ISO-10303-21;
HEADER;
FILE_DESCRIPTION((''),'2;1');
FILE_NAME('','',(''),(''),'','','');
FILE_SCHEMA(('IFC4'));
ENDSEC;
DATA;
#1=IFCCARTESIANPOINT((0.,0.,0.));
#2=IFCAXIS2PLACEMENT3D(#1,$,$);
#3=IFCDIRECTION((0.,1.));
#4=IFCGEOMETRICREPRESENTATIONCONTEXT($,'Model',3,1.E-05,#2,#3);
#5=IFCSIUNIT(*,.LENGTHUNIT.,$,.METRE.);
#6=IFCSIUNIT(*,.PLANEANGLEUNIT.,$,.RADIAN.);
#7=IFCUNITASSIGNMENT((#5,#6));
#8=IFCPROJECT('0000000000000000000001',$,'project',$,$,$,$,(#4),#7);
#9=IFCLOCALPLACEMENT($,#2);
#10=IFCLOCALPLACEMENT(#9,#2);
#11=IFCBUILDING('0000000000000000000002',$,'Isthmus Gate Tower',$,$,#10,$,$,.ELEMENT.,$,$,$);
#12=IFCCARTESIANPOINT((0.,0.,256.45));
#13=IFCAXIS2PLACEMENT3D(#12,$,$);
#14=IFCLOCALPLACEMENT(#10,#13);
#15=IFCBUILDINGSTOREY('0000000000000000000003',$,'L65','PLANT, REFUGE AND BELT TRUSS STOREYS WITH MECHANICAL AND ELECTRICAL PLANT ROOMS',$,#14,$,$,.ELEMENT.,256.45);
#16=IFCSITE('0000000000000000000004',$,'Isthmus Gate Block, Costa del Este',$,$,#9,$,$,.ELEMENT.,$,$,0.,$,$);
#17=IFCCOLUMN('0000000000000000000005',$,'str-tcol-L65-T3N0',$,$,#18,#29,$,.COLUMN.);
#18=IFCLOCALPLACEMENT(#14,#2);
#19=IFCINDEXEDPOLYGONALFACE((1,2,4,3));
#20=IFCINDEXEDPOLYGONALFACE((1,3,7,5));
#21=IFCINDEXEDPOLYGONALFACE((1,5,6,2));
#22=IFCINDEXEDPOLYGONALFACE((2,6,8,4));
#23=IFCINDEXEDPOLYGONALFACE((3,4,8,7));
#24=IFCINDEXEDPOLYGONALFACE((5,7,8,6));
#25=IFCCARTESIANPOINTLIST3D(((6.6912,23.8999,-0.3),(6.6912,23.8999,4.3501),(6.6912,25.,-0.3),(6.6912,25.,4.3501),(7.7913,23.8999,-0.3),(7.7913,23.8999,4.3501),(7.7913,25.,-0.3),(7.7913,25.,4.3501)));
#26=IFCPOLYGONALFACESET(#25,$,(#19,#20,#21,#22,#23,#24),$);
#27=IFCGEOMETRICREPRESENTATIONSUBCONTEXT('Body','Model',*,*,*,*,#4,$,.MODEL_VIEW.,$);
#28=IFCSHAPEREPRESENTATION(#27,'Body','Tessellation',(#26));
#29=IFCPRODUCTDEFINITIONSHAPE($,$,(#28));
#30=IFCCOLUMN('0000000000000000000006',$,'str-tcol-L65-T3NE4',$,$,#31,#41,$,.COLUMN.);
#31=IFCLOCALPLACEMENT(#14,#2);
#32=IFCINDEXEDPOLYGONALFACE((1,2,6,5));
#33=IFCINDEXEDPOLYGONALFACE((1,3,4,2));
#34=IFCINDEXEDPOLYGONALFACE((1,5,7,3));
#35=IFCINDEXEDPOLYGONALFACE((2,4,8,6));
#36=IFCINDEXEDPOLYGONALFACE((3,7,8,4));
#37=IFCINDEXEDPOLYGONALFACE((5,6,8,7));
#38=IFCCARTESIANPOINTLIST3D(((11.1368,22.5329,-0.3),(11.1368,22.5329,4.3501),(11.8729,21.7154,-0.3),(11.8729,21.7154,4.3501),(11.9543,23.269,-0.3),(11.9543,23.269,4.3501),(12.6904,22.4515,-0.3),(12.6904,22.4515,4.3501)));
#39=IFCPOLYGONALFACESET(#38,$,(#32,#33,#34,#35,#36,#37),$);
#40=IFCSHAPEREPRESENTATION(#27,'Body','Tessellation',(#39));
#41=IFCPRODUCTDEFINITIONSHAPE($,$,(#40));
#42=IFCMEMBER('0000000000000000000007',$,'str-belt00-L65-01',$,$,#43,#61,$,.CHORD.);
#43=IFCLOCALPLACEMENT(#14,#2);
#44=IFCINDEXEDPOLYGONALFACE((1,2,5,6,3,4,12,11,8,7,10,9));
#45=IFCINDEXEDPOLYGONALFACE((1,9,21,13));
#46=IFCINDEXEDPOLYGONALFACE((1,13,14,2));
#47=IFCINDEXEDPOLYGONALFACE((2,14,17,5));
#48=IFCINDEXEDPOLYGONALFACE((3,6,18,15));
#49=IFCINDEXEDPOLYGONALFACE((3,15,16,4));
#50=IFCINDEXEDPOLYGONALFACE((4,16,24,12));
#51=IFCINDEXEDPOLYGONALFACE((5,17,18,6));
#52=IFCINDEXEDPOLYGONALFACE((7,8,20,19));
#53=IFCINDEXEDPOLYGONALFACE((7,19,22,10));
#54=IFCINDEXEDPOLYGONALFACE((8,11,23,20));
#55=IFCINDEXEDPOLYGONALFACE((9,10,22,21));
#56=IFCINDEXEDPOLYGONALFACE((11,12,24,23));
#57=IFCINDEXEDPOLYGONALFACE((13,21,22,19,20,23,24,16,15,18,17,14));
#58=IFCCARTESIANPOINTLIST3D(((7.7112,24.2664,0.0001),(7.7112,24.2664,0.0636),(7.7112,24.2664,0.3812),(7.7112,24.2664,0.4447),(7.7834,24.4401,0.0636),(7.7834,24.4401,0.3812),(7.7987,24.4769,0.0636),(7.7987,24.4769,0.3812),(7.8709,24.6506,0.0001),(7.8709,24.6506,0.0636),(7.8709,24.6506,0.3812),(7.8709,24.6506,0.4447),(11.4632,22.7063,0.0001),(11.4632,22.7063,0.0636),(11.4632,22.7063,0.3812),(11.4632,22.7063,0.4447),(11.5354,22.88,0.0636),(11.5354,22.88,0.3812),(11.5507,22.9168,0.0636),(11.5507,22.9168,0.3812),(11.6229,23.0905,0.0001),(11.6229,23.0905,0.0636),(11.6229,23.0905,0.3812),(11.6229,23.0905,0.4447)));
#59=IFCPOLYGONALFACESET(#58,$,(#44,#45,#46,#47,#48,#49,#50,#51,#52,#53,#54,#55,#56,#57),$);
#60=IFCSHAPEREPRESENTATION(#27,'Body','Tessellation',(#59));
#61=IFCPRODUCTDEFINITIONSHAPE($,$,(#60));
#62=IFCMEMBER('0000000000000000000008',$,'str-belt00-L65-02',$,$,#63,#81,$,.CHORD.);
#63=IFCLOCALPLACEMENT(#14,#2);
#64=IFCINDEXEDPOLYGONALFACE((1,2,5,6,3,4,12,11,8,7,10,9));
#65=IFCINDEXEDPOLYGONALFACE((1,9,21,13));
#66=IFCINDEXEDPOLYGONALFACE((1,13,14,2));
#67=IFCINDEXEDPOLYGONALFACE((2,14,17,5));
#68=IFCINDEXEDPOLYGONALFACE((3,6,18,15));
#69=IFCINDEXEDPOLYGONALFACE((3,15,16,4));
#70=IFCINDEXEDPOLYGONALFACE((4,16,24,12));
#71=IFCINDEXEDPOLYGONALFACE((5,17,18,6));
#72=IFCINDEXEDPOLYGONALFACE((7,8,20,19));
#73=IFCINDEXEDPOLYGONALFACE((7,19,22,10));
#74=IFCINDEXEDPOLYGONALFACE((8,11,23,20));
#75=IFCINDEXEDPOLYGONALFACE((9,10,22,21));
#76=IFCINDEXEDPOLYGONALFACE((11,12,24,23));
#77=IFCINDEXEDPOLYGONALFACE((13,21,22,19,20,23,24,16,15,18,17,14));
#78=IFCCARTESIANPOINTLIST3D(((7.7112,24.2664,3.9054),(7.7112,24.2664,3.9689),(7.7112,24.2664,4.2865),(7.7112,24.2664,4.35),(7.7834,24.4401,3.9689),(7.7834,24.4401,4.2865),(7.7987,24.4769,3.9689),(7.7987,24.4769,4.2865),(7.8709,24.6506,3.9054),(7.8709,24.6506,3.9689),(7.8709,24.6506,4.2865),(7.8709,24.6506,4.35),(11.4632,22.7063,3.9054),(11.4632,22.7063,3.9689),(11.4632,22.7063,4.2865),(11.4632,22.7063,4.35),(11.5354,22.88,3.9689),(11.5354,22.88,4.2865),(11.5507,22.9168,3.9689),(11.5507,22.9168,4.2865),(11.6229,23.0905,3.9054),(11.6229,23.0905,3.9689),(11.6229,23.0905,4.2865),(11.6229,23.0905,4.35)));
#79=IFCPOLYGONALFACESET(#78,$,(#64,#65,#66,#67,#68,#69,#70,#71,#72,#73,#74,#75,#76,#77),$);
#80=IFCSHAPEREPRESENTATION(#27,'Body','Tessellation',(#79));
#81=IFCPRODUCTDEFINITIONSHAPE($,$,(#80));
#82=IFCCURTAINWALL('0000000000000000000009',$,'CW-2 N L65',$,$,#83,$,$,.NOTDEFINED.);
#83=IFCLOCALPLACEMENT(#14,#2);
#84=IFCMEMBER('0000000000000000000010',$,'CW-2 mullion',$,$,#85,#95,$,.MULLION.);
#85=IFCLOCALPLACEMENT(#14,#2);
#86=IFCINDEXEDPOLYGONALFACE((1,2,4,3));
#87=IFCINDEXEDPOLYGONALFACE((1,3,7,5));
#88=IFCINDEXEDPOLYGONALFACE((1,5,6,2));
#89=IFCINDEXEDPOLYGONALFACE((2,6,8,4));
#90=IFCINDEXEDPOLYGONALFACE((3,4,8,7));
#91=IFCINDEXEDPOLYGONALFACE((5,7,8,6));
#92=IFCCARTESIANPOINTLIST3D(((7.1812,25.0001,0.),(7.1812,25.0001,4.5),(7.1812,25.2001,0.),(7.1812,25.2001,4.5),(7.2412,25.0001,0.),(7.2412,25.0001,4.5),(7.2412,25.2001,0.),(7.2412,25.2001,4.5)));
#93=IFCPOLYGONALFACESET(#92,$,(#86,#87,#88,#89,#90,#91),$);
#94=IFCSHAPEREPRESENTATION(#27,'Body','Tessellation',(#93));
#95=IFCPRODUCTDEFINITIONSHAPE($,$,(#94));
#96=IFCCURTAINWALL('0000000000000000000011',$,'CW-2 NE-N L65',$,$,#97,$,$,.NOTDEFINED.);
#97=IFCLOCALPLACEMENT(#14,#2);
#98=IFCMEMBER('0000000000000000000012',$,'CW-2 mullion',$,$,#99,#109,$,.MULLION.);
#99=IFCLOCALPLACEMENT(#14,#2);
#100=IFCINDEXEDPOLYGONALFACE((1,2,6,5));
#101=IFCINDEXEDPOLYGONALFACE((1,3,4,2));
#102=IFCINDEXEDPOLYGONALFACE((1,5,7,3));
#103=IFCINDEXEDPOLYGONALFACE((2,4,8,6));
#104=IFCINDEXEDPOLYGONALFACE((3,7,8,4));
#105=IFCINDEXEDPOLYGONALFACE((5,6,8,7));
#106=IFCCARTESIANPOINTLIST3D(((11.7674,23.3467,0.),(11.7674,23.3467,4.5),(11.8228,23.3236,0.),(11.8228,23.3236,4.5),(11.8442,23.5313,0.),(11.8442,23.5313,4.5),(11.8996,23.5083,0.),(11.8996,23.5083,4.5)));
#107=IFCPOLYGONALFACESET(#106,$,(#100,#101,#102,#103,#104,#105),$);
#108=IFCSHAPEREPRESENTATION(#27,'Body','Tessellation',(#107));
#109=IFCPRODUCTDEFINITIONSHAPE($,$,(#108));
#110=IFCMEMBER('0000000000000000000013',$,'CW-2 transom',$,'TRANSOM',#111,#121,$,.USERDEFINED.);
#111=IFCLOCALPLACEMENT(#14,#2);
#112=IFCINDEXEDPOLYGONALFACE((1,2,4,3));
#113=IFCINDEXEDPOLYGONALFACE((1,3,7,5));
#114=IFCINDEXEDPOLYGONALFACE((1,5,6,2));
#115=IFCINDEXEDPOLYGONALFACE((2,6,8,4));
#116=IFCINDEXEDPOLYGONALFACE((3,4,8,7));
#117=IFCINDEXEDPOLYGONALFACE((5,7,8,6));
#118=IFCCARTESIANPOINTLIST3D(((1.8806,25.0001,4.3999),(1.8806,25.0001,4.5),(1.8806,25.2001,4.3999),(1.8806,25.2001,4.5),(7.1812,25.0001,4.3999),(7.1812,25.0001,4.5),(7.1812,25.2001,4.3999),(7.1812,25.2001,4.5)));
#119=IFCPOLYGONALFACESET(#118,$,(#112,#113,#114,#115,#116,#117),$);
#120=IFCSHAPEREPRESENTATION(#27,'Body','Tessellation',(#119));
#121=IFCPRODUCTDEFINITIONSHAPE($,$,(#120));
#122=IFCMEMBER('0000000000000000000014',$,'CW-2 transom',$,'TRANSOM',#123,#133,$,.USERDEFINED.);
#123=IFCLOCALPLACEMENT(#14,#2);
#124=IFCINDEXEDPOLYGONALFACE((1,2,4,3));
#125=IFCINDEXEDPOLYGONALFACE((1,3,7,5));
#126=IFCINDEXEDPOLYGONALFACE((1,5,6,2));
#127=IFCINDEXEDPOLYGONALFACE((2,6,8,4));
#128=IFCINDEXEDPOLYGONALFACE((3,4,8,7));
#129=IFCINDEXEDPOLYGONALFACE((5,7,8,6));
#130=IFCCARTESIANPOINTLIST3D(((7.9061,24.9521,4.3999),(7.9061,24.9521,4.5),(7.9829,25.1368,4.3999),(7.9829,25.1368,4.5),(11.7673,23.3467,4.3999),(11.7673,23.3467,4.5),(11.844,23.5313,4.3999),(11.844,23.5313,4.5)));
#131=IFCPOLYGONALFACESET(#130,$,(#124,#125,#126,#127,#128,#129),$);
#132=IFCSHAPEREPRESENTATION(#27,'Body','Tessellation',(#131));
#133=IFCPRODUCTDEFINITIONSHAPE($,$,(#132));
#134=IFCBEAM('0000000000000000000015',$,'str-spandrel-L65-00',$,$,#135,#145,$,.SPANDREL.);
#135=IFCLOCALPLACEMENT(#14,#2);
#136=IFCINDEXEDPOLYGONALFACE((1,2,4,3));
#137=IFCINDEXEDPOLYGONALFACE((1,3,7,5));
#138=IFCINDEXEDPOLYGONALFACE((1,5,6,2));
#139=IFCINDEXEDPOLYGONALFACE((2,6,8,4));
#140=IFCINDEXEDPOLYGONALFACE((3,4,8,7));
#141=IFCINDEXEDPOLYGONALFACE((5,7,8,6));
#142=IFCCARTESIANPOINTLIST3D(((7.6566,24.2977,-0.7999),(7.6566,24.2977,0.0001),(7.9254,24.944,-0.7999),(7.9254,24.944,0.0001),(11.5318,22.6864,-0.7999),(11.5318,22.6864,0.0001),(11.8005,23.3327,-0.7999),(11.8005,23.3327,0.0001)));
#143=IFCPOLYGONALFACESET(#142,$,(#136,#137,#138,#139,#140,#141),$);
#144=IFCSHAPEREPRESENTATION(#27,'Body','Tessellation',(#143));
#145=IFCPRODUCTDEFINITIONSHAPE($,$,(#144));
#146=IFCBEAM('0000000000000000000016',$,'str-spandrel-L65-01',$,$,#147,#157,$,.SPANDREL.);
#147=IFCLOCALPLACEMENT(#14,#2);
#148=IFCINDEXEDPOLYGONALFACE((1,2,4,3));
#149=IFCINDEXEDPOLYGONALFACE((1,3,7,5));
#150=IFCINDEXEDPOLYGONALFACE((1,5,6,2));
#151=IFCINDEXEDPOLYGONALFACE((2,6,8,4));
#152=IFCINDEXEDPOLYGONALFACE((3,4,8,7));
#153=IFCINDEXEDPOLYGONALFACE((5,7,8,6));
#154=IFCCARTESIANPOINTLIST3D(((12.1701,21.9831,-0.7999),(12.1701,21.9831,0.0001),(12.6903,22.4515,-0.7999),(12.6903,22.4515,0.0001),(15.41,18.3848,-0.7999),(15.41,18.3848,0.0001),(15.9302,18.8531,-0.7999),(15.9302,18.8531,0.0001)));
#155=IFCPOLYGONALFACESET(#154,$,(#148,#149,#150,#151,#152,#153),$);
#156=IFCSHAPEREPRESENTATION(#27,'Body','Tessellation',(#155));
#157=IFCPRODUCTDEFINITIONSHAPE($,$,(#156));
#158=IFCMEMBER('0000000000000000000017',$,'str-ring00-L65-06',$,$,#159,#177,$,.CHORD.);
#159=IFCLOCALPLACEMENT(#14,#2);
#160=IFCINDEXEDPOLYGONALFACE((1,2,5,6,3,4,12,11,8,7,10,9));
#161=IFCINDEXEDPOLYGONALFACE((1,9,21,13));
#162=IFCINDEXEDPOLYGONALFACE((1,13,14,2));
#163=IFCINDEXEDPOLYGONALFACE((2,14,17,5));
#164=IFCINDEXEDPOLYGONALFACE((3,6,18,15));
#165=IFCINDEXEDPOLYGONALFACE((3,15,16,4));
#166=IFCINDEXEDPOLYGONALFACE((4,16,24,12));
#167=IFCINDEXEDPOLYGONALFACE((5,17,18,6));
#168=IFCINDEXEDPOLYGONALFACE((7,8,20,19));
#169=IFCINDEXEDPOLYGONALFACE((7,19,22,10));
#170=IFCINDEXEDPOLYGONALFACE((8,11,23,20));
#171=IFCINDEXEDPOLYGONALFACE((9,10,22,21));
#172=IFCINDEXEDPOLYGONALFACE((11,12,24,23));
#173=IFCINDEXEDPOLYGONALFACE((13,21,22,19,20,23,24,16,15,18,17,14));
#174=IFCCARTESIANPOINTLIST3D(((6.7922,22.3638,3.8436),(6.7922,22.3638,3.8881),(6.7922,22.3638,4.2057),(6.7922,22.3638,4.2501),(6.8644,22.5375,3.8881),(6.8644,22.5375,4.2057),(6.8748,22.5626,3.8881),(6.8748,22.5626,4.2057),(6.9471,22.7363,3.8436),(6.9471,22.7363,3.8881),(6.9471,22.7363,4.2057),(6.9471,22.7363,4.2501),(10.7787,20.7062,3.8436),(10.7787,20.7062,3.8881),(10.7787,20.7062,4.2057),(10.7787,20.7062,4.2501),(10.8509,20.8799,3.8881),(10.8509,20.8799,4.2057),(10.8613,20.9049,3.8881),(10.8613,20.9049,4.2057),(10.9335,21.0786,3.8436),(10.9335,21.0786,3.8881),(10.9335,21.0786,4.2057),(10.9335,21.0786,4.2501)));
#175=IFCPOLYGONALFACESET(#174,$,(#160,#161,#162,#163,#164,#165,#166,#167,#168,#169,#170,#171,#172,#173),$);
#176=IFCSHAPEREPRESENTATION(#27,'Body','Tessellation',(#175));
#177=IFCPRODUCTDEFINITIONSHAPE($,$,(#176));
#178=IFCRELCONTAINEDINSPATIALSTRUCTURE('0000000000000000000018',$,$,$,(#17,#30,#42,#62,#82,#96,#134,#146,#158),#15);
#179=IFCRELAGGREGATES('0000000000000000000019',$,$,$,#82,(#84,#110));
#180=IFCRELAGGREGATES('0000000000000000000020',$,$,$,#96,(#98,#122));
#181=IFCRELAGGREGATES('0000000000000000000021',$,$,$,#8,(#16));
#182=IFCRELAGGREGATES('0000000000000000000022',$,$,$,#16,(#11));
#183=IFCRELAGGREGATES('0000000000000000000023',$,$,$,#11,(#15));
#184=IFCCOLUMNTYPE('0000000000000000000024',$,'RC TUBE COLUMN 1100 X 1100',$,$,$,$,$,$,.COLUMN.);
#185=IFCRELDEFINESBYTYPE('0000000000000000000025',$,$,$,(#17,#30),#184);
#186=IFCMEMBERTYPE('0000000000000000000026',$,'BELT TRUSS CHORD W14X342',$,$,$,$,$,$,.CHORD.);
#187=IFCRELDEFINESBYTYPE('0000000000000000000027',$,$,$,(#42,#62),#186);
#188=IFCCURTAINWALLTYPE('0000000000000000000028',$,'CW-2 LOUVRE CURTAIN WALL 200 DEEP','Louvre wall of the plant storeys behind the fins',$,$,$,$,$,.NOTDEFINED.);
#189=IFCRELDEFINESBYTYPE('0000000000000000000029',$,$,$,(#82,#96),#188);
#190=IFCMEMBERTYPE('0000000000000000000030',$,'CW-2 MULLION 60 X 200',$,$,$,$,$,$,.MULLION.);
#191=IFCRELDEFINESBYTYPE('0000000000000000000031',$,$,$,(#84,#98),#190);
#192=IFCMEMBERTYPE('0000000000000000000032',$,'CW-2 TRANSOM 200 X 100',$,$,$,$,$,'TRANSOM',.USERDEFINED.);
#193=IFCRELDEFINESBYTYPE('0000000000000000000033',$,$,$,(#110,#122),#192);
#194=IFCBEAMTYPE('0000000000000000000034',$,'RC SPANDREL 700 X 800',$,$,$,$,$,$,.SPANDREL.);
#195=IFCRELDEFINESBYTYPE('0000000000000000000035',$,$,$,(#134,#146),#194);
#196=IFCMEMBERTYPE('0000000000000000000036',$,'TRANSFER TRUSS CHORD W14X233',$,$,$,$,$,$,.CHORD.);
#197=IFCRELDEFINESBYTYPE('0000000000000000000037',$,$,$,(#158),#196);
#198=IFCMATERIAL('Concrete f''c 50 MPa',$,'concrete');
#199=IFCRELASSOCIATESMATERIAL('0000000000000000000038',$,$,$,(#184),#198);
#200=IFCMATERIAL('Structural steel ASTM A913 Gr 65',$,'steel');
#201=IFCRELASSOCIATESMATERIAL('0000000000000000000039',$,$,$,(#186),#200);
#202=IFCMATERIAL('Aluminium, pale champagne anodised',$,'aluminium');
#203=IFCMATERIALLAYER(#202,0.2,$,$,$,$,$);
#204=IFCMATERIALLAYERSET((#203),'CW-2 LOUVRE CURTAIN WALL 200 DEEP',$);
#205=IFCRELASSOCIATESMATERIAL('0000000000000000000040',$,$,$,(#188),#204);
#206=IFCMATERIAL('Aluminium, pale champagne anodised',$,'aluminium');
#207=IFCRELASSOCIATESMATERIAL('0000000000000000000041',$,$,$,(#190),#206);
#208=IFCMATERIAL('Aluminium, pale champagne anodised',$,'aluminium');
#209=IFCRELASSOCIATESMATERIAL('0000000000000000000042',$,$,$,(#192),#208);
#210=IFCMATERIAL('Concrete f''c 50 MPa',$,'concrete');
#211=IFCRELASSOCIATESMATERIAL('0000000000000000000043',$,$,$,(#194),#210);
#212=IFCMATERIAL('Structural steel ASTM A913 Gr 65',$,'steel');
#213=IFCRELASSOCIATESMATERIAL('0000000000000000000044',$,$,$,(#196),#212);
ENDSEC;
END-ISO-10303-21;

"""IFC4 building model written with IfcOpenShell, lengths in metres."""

from ifc_helpers import new_model, si_unit, direction, frame, origin, origin_2d, place, context, subcontext, project, spatial, rectangle, i_section, extrude, material, layer, layer_set, material_profile, profile_set, type_object, element, aggregate, save


model = new_model("IFC4")

# Units and contexts
model_context = context("Model", 3, precision=1e-05, world=origin(), true_north=direction((0.0, 1.0)))
body_context = subcontext(model_context, "Body", "Model", "MODEL_VIEW")
ifc_project = project(units=[si_unit("LENGTHUNIT", "METRE"), si_unit("PLANEANGLEUNIT", "RADIAN")], contexts=[model_context])

# Site, building, storey
site_placement = place(None, origin())
site = spatial("IfcSite", under=ifc_project, at=site_placement, Name="Isthmus Gate Block, Costa del Este", CompositionType="ELEMENT", RefElevation=0.0)
building_placement = place(site_placement, origin())
building = spatial("IfcBuilding", under=site, at=building_placement, Name="Isthmus Gate Tower", CompositionType="ELEMENT")
storey_placement = place(building_placement, frame((0.0, 0.0, 256.45)))
storey = spatial("IfcBuildingStorey", under=building, at=storey_placement, Name="L65", Description="PLANT, REFUGE AND BELT TRUSS STOREYS WITH MECHANICAL AND ELECTRICAL PLANT ROOMS", CompositionType="ELEMENT", Elevation=256.45)

# Columns
ifc_material_1 = material(Name="Concrete f'c 50 MPa", Category="concrete")
ifc_material_profile_1 = material_profile(ifc_material_1, rectangle(XDim=1.1001, YDim=1.1001, at=origin_2d()), Name="RC 1100X1100")
ifc_profile_set_1 = profile_set([ifc_material_profile_1], Name="Concrete f'c 50 MPa")
column_type = type_object("IfcColumnType", Name="RC TUBE COLUMN 1100 X 1100", PredefinedType="COLUMN", material=ifc_profile_set_1)
for number, where, z_axis, x_axis, name in (
    (1, (7.2412, 24.45, -0.3), (0.0, 0.0, 1.0), (-1.0, 0.0, 0.0), "str-tcol-L65-T3N0"),
    (2, (11.9136, 22.4922, -0.3), (0.0, 0.0, 1.0), (-0.669131, 0.743145, 0.0), "str-tcol-L65-T3NE4"),
):
    element("IfcColumn", number, at=place(storey_placement, frame(where, z_axis=z_axis, x_axis=x_axis)), inside=storey, type_object=column_type, Name=name, PredefinedType="COLUMN", context=body_context, shape_type="SweptSolid", body=[
        extrude(rectangle(XDim=1.1001, YDim=1.1001, at=origin_2d()), origin(), (0.0, 0.0, 1.0), 4.6501),
    ])

# Members
ifc_material_2 = material(Name="Structural steel ASTM A913 Gr 65", Category="steel")
ifc_material_profile_2 = material_profile(ifc_material_2, i_section(OverallWidth=0.416, OverallDepth=0.4446, WebThickness=0.0398, FlangeThickness=0.0635, at=origin_2d()), Name="W14X342")
ifc_profile_set_2 = profile_set([ifc_material_profile_2], Name="Structural steel ASTM A913 Gr 65")
member_type_1 = type_object("IfcMemberType", Name="BELT TRUSS CHORD W14X342", PredefinedType="CHORD", material=ifc_profile_set_2)
for number, where, z_axis, x_axis, name in (
    (3, (7.791, 24.4585, 0.2224), (0.923361, -0.383933, 0.0), (0.383933, 0.923361, 0.0), "str-belt00-L65-01"),
    (4, (7.791, 24.4585, 4.1277), (0.923361, -0.383933, 0.0), (0.383933, 0.923361, 0.0), "str-belt00-L65-02"),
):
    element("IfcMember", number, at=place(storey_placement, frame(where, z_axis=z_axis, x_axis=x_axis)), inside=storey, type_object=member_type_1, Name=name, PredefinedType="CHORD", context=body_context, shape_type="SweptSolid", body=[
        extrude(i_section(OverallWidth=0.416, OverallDepth=0.4446, WebThickness=0.0398, FlangeThickness=0.0635, at=origin_2d()), origin(), (0.0, 0.0, 1.0), 4.0635),
    ])

# Curtain walls, members
ifc_material_3 = material(Name="Aluminium, pale champagne anodised", Category="aluminium")
ifc_layer_1 = layer(ifc_material_3, 0.2)
ifc_layer_set_1 = layer_set([ifc_layer_1], Name="CW-2 LOUVRE CURTAIN WALL 200 DEEP")
curtain_wall_type = type_object("IfcCurtainWallType", Name="CW-2 LOUVRE CURTAIN WALL 200 DEEP", Description="Louvre wall of the plant storeys behind the fins", PredefinedType="NOTDEFINED", material=ifc_layer_set_1)
curtain_wall_1_placement = place(storey_placement, origin())
curtain_wall_1 = element("IfcCurtainWall", 5, at=curtain_wall_1_placement, inside=storey, type_object=curtain_wall_type, Name="CW-2 N L65", PredefinedType="NOTDEFINED")
ifc_material_4 = material(Name="Aluminium, pale champagne anodised", Category="aluminium")
ifc_material_profile_3 = material_profile(ifc_material_4, rectangle(XDim=0.0601, YDim=0.2, at=origin_2d()), Name="60x200")
ifc_profile_set_3 = profile_set([ifc_material_profile_3], Name="Aluminium, pale champagne anodised")
member_type_2 = type_object("IfcMemberType", Name="CW-2 MULLION 60 X 200", PredefinedType="MULLION", material=ifc_profile_set_3)
member_1_placement = place(storey_placement, frame((7.2112, 25.1001, 0.0), z_axis=(0.0, 0.0, 1.0), x_axis=(-1.0, 0.0, 0.0)))
member_1 = element("IfcMember", 6, at=member_1_placement, type_object=member_type_2, Name="CW-2 mullion", PredefinedType="MULLION", context=body_context, shape_type="SweptSolid", body=[
    extrude(rectangle(XDim=0.0601, YDim=0.2, at=origin_2d()), origin(), (0.0, 0.0, 1.0), 4.5),
])
curtain_wall_2_placement = place(storey_placement, origin())
curtain_wall_2 = element("IfcCurtainWall", 7, at=curtain_wall_2_placement, inside=storey, type_object=curtain_wall_type, Name="CW-2 NE-N L65", PredefinedType="NOTDEFINED")
member_2_placement = place(storey_placement, frame((11.8335, 23.4275, 0.0), z_axis=(0.0, 0.0, 1.0), x_axis=(-0.923353, 0.383952, 0.0)))
member_2 = element("IfcMember", 8, at=member_2_placement, type_object=member_type_2, Name="CW-2 mullion", PredefinedType="MULLION", context=body_context, shape_type="SweptSolid", body=[
    extrude(rectangle(XDim=0.0601, YDim=0.2, at=origin_2d()), origin(), (0.0, 0.0, 1.0), 4.5),
])

# Members
ifc_material_5 = material(Name="Aluminium, pale champagne anodised", Category="aluminium")
ifc_material_profile_4 = material_profile(ifc_material_5, rectangle(XDim=0.2, YDim=0.1001, at=origin_2d()), Name="200x100")
ifc_profile_set_4 = profile_set([ifc_material_profile_4], Name="Aluminium, pale champagne anodised")
member_type_3 = type_object("IfcMemberType", Name="CW-2 TRANSOM 200 X 100", ElementType="TRANSOM", PredefinedType="USERDEFINED", material=ifc_profile_set_4)
member_3_placement = place(storey_placement, frame((7.1812, 25.1001, 4.45), z_axis=(-1.0, 0.0, 0.0), x_axis=(0.0, -1.0, 0.0)))
member_3 = element("IfcMember", 9, at=member_3_placement, type_object=member_type_3, Name="CW-2 transom", ObjectType="TRANSOM", PredefinedType="USERDEFINED", context=body_context, shape_type="SweptSolid", body=[
    extrude(rectangle(XDim=0.2, YDim=0.1001, at=origin_2d()), origin(), (0.0, 0.0, 1.0), 5.3005),
])
aggregate(curtain_wall_1, [member_1, member_3])
member_4_placement = place(storey_placement, frame((11.8057, 23.439, 4.45), z_axis=(-0.923358, 0.38394, 0.0), x_axis=(-0.38394, -0.923358, 0.0)))
member_4 = element("IfcMember", 10, at=member_4_placement, type_object=member_type_3, Name="CW-2 transom", ObjectType="TRANSOM", PredefinedType="USERDEFINED", context=body_context, shape_type="SweptSolid", body=[
    extrude(rectangle(XDim=0.2, YDim=0.1001, at=origin_2d()), origin(), (0.0, 0.0, 1.0), 4.1816),
])

# Beams
ifc_material_6 = material(Name="Concrete f'c 50 MPa", Category="concrete")
ifc_material_profile_5 = material_profile(ifc_material_6, rectangle(XDim=0.7, YDim=0.8, at=origin_2d()), Name="RC 700X800")
ifc_profile_set_5 = profile_set([ifc_material_profile_5], Name="Concrete f'c 50 MPa")
beam_type = type_object("IfcBeamType", Name="RC SPANDREL 700 X 800", PredefinedType="SPANDREL", material=ifc_profile_set_5)
beam_1_placement = place(storey_placement, frame((7.791, 24.6208, -0.3999), z_axis=(0.923361, -0.383934, 0.0), x_axis=(0.383934, 0.923361, 0.0)))
element("IfcBeam", 11, at=beam_1_placement, inside=storey, type_object=beam_type, Name="str-spandrel-L65-00", PredefinedType="SPANDREL", context=body_context, shape_type="SweptSolid", body=[
    extrude(rectangle(XDim=0.7, YDim=0.8, at=origin_2d()), origin(), (0.0, 0.0, 1.0), 4.1968),
])
beam_2_placement = place(storey_placement, frame((12.4302, 22.2173, -0.3999), z_axis=(0.669129, -0.743146, 0.0), x_axis=(0.743146, 0.669129, 0.0)))
element("IfcBeam", 12, at=beam_2_placement, inside=storey, type_object=beam_type, Name="str-spandrel-L65-01", PredefinedType="SPANDREL", context=body_context, shape_type="SweptSolid", body=[
    extrude(rectangle(XDim=0.7, YDim=0.8, at=origin_2d()), origin(), (0.0, 0.0, 1.0), 4.842),
])

# Member
ifc_material_7 = material(Name="Structural steel ASTM A913 Gr 65", Category="steel")
ifc_material_profile_6 = material_profile(ifc_material_7, i_section(OverallWidth=0.4033, OverallDepth=0.4065, WebThickness=0.0271, FlangeThickness=0.0444, at=origin_2d()), Name="W14X233")
ifc_profile_set_6 = profile_set([ifc_material_profile_6], Name="Structural steel ASTM A913 Gr 65")
member_type_4 = type_object("IfcMemberType", Name="TRANSFER TRUSS CHORD W14X233", PredefinedType="CHORD", material=ifc_profile_set_6)
member_5_placement = place(storey_placement, frame((6.8696, 22.55, 4.0469), z_axis=(0.923353, -0.383953, 0.0), x_axis=(0.383953, 0.923353, 0.0)))
element("IfcMember", 13, at=member_5_placement, inside=storey, type_object=member_type_4, Name="str-ring00-L65-06", PredefinedType="CHORD", context=body_context, shape_type="SweptSolid", body=[
    extrude(i_section(OverallWidth=0.4033, OverallDepth=0.4065, WebThickness=0.0271, FlangeThickness=0.0444, at=origin_2d()), origin(), (0.0, 0.0, 1.0), 4.3174),
])

aggregate(curtain_wall_2, [member_2, member_4])

save(model, "model.ifc")
